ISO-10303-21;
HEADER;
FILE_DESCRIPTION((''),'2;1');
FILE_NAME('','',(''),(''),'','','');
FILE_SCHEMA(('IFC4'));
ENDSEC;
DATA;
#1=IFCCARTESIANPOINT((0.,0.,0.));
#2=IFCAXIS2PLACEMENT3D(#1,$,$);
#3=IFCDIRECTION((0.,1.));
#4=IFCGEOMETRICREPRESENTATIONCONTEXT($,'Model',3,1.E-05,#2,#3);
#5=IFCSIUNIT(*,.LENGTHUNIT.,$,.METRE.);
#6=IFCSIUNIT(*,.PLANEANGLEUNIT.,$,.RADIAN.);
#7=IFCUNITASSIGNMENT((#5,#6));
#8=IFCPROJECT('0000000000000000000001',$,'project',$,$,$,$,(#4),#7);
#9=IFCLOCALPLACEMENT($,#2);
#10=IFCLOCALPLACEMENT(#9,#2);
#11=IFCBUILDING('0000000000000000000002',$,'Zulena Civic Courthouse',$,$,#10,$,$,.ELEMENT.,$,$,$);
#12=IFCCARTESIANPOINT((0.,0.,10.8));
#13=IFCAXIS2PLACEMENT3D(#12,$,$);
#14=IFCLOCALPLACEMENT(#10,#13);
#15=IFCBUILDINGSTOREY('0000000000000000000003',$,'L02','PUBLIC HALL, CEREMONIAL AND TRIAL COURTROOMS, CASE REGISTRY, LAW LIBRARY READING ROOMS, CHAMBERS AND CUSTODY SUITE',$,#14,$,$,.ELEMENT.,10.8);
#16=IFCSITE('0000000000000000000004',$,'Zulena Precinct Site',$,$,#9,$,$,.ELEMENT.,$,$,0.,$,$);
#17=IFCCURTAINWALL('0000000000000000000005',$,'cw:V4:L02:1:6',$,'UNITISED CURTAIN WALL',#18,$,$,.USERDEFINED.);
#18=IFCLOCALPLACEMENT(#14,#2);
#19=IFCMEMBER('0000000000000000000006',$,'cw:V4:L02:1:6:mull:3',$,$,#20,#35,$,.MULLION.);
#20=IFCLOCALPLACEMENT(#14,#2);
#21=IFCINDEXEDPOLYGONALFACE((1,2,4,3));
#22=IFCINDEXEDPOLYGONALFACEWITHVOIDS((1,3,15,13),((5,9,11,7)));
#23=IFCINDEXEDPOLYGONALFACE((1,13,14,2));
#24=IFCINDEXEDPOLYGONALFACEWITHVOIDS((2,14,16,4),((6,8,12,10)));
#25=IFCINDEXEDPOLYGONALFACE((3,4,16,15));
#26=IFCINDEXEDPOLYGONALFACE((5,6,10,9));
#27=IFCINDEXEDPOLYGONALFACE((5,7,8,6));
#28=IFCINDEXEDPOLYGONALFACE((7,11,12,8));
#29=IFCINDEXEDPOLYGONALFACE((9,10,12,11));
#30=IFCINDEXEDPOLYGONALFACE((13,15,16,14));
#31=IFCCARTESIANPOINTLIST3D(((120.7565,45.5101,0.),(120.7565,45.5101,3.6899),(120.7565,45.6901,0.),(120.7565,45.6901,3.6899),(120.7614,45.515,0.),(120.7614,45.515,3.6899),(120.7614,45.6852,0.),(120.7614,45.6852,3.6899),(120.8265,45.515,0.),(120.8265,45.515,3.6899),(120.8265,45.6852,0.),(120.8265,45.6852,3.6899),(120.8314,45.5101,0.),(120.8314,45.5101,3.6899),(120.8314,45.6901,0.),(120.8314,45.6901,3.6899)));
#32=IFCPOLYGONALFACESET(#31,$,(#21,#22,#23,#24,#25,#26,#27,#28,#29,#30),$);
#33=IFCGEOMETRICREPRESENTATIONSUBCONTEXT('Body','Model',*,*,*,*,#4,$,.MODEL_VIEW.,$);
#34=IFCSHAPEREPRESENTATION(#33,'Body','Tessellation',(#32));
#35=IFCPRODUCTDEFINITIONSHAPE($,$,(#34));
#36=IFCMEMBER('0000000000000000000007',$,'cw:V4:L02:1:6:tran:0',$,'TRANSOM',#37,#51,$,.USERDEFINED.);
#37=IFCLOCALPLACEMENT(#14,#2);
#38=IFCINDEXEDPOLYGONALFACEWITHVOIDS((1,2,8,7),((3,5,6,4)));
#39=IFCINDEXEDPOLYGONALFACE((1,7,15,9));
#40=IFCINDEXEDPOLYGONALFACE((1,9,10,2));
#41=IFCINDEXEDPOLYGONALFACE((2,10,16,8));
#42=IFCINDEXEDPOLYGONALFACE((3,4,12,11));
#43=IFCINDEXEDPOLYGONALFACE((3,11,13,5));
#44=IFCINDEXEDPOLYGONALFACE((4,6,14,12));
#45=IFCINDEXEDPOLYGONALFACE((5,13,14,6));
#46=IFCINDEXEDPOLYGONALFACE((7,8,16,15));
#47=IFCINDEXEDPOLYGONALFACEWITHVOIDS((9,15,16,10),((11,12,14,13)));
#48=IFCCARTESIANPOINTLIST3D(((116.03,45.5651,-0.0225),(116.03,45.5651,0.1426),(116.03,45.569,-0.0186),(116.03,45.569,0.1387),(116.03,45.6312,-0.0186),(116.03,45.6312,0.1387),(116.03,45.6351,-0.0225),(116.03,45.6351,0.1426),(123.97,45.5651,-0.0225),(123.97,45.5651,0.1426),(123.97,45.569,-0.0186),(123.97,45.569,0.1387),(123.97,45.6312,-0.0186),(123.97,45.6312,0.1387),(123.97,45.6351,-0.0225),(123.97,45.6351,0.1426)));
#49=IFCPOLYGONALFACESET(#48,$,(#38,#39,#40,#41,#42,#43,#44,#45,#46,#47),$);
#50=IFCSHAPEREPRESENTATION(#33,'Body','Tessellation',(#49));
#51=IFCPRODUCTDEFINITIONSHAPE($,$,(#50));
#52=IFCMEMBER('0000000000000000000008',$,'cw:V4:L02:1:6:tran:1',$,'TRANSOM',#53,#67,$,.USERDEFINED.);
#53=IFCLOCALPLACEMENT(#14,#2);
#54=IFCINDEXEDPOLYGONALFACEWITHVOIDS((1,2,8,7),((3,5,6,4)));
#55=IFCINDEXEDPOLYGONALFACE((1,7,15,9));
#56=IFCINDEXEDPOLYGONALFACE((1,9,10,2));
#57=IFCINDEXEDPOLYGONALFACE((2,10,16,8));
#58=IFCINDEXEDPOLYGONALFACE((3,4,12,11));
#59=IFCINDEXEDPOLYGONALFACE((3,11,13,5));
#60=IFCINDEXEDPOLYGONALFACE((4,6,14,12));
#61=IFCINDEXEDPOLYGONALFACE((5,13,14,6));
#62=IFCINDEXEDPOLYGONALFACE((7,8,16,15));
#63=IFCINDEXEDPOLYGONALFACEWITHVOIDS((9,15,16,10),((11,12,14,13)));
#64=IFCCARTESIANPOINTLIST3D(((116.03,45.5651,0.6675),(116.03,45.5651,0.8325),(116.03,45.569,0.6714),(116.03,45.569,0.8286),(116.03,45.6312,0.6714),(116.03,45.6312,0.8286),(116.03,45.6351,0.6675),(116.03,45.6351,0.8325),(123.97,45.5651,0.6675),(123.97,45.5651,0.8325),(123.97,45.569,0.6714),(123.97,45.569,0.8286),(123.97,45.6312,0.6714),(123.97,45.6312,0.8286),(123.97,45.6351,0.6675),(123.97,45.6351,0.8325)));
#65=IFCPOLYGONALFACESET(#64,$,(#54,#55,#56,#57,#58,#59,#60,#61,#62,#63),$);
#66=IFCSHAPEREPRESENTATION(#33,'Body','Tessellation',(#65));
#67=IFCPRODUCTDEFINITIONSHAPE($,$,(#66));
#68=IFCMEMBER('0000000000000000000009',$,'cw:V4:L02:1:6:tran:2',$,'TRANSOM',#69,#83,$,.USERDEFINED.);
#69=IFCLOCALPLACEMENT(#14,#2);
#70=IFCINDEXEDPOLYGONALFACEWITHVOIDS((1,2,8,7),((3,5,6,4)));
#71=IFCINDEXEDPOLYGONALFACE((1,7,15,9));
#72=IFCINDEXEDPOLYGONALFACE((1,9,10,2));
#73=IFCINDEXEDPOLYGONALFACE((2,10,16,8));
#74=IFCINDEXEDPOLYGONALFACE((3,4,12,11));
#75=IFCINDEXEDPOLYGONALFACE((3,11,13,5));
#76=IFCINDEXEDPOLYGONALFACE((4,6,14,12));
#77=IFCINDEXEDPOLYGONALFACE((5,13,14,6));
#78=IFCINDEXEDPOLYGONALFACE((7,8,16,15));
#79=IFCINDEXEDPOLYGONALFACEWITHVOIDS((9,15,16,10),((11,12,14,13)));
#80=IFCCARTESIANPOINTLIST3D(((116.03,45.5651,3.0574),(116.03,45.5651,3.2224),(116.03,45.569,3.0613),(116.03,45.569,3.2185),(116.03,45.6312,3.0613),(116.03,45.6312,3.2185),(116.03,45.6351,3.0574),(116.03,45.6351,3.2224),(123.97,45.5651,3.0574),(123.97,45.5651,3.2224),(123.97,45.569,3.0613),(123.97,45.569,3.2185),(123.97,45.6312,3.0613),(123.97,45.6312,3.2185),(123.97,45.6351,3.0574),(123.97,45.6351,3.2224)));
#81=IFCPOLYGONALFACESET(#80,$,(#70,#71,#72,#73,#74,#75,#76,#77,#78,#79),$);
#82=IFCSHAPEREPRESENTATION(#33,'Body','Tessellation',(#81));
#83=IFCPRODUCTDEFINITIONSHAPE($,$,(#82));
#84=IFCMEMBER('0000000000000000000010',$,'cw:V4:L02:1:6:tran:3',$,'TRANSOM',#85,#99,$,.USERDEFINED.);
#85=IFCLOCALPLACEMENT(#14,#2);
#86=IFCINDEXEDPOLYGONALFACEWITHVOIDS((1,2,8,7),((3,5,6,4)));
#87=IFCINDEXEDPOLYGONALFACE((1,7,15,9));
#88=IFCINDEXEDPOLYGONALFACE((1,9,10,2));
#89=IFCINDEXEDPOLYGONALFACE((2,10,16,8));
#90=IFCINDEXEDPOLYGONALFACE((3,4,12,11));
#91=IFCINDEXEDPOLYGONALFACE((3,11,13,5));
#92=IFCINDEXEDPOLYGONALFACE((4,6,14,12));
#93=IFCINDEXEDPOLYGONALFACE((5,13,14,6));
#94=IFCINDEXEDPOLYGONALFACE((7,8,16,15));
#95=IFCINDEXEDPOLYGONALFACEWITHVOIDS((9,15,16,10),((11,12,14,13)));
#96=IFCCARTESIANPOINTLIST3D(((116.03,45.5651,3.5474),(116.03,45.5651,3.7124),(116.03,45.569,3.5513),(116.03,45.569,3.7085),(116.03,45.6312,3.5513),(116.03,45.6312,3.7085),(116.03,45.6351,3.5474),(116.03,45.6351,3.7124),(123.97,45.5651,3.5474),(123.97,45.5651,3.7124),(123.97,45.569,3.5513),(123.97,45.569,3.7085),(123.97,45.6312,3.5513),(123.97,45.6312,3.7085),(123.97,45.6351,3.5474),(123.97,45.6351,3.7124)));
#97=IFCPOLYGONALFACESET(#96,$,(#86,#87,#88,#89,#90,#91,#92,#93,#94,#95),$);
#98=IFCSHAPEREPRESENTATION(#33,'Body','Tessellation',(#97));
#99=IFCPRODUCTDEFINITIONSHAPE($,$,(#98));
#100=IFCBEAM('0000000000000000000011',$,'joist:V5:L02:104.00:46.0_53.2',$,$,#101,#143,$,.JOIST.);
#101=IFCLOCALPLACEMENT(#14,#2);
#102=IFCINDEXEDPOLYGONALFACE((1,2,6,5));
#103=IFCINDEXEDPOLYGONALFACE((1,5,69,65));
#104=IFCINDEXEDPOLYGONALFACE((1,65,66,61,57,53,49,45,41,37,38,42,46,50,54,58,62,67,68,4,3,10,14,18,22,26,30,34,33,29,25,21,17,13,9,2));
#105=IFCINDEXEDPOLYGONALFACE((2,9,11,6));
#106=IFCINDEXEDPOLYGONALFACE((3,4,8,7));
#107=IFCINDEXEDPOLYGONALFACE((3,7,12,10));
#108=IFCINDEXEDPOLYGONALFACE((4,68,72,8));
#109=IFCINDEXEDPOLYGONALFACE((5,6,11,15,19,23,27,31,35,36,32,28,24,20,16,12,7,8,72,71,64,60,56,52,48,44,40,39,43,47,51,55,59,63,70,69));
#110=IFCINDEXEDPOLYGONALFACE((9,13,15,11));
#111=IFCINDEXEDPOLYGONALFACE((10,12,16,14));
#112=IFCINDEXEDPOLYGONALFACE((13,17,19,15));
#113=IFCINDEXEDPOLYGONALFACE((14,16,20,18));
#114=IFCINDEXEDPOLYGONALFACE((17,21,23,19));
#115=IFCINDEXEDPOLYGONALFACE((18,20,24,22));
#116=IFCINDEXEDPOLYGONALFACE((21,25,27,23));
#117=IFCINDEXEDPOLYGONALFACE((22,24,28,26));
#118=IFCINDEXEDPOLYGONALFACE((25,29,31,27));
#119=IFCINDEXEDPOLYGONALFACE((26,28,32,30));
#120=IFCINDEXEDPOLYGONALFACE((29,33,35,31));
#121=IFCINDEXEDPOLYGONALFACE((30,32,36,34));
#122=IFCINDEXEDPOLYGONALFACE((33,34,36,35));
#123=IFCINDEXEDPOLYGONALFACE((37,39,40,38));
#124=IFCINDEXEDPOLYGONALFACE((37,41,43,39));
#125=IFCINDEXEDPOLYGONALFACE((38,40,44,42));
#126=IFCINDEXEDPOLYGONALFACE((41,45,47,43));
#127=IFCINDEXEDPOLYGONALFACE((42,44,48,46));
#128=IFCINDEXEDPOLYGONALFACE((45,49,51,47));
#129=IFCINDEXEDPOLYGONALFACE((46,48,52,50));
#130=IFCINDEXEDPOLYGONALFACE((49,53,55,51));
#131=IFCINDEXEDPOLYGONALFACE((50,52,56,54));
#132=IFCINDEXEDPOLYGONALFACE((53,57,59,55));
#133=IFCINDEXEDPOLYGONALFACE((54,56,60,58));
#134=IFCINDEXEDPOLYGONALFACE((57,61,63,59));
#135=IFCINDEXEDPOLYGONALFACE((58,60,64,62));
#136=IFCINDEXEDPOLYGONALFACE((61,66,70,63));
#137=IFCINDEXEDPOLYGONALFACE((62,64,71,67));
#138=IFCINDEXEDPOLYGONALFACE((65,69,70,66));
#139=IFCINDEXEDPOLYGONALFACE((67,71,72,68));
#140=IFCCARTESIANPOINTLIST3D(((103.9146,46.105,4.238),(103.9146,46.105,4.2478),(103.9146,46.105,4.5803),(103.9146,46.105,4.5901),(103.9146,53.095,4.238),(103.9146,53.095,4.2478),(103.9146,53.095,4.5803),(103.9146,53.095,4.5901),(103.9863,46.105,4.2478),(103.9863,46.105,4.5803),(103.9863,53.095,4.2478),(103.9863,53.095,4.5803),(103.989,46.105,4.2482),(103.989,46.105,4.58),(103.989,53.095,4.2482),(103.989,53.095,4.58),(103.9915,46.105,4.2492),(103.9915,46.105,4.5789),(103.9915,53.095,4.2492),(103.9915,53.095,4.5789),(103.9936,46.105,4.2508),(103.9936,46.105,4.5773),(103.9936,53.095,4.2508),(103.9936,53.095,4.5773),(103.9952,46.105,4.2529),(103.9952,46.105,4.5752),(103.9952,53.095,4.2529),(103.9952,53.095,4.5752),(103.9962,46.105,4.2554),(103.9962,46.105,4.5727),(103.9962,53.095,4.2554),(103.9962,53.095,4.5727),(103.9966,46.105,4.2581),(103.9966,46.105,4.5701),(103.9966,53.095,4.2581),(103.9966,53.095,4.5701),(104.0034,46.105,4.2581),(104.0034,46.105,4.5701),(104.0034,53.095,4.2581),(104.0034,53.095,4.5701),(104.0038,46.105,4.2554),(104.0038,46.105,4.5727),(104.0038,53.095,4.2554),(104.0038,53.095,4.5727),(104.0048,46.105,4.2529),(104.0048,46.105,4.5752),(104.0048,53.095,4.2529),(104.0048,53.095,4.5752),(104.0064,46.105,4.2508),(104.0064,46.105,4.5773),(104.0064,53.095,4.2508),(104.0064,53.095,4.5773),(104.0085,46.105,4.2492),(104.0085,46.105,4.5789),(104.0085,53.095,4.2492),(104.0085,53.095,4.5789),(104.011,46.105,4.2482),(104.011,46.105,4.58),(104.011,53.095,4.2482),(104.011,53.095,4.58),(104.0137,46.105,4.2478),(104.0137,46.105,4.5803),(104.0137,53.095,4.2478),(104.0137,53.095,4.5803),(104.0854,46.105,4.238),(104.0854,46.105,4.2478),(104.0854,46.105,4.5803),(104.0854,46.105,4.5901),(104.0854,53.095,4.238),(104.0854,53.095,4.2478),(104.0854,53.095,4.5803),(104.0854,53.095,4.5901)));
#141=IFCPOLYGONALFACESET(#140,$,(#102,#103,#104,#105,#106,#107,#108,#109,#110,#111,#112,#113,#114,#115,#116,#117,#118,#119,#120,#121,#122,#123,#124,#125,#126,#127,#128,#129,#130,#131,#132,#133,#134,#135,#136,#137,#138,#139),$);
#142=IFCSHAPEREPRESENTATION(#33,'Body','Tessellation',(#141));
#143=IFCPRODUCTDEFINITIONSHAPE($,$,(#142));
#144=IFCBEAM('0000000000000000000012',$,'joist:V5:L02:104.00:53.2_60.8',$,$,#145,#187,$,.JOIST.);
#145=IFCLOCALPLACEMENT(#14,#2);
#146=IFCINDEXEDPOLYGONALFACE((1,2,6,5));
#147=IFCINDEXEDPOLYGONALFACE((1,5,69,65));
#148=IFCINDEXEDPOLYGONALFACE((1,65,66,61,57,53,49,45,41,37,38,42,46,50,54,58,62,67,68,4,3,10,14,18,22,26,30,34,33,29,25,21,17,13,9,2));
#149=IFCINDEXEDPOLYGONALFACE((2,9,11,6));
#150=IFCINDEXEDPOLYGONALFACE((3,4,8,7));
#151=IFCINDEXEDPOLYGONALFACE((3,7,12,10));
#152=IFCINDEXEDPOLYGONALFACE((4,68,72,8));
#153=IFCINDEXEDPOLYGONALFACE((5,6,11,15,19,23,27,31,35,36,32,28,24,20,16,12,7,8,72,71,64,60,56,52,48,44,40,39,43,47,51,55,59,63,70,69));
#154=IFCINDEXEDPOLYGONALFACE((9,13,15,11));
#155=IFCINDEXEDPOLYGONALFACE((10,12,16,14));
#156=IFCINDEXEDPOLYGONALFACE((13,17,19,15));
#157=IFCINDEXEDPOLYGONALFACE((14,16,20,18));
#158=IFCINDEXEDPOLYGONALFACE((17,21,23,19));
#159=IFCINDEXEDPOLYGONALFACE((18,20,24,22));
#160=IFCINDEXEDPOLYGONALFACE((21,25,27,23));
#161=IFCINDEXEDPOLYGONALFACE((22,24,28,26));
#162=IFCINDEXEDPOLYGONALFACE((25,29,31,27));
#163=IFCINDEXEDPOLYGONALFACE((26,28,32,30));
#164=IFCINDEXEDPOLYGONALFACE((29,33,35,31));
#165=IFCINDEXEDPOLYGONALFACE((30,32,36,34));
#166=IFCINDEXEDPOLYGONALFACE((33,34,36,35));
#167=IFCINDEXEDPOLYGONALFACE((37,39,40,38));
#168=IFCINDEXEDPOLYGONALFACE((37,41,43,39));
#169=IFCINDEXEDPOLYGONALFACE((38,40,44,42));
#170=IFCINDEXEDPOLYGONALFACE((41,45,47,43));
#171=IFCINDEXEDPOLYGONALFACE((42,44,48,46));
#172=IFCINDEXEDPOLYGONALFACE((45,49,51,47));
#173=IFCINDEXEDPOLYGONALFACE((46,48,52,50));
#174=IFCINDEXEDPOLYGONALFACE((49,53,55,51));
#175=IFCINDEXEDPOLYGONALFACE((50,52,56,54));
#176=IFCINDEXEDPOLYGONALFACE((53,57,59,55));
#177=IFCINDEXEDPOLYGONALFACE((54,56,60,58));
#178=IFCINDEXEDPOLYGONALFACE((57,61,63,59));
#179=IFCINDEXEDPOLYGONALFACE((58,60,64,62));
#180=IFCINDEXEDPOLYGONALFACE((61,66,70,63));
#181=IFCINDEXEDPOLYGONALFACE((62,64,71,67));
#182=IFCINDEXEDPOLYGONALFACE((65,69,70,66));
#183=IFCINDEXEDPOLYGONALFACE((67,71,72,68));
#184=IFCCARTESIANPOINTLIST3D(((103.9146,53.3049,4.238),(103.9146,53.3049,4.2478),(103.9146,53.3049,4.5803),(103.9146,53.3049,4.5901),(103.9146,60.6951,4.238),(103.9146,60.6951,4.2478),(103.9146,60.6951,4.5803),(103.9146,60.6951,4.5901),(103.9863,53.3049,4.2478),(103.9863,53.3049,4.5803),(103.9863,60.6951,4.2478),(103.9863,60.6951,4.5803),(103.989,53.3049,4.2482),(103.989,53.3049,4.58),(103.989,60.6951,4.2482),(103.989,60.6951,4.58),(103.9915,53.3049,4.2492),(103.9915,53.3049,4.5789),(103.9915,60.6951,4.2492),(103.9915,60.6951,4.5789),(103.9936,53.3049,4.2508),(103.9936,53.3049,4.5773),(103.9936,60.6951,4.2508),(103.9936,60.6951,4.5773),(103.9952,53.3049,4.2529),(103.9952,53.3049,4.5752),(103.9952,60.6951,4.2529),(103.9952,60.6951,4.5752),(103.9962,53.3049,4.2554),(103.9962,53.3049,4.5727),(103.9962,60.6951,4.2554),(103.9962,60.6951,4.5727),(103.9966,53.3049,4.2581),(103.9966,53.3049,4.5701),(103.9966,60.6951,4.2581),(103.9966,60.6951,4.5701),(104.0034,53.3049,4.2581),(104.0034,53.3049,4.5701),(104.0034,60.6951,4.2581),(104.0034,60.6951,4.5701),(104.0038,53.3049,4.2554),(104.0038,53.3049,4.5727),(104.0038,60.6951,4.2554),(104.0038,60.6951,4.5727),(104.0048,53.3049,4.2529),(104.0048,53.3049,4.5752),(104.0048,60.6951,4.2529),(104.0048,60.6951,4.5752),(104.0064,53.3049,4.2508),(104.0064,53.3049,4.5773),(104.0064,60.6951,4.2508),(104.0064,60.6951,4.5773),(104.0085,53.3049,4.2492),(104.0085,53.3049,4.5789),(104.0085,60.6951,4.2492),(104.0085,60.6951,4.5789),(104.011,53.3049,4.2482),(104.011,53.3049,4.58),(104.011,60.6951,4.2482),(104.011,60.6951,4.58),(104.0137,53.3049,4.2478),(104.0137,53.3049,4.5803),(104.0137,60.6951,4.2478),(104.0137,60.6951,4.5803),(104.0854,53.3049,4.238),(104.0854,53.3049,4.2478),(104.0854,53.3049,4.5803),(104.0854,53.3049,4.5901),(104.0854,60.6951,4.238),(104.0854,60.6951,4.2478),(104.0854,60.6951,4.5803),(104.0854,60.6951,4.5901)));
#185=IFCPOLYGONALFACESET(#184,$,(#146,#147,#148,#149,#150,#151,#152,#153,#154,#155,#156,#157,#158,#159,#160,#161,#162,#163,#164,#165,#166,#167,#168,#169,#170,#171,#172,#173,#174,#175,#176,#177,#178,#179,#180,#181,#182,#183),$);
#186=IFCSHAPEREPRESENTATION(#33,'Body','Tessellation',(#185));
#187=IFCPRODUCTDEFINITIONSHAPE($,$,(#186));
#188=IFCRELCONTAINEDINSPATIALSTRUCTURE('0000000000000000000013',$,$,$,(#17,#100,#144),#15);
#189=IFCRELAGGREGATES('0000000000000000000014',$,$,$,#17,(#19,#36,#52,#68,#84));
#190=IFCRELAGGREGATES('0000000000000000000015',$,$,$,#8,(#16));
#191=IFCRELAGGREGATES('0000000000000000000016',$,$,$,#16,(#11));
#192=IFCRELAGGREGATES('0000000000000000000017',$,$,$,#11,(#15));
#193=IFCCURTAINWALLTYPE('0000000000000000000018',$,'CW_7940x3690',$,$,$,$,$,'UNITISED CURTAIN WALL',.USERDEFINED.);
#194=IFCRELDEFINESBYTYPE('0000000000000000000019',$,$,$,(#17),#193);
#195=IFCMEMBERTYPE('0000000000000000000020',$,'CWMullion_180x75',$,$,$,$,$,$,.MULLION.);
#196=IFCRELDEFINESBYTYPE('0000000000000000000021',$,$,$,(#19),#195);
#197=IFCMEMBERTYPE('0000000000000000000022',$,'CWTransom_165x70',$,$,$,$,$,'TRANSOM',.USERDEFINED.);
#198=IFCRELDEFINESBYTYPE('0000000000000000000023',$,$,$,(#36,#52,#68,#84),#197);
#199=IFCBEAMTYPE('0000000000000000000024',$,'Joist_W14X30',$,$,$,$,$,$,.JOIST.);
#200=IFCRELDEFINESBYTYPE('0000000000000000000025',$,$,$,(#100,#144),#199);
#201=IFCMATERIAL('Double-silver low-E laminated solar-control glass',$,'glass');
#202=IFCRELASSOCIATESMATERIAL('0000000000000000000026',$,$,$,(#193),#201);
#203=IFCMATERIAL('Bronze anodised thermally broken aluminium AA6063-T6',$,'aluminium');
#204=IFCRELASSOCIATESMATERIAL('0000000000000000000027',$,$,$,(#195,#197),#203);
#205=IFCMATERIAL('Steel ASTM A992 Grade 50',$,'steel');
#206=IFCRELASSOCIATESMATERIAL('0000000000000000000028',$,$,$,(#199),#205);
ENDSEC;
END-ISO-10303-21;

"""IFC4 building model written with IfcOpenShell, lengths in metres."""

from ifc_helpers import new_model, si_unit, direction, frame, origin, origin_2d, place, context, subcontext, project, spatial, hollow_rectangle, i_section, extrude, material, material_profile, profile_set, type_object, element, aggregate, save


model = new_model("IFC4")

# Units and contexts
model_context = context("Model", 3, precision=1e-05, world=origin(), true_north=direction((0.0, 1.0)))
body_context = subcontext(model_context, "Body", "Model", "MODEL_VIEW")
ifc_project = project(units=[si_unit("LENGTHUNIT", "METRE"), si_unit("PLANEANGLEUNIT", "RADIAN")], contexts=[model_context])

# Site, building, storey
site_placement = place(None, origin())
site = spatial("IfcSite", under=ifc_project, at=site_placement, Name="Zulena Precinct Site", CompositionType="ELEMENT", RefElevation=0.0)
building_placement = place(site_placement, origin())
building = spatial("IfcBuilding", under=site, at=building_placement, Name="Zulena Civic Courthouse", CompositionType="ELEMENT")
storey_placement = place(building_placement, frame((0.0, 0.0, 10.8)))
storey = spatial("IfcBuildingStorey", under=building, at=storey_placement, Name="L02", Description="PUBLIC HALL, CEREMONIAL AND TRIAL COURTROOMS, CASE REGISTRY, LAW LIBRARY READING ROOMS, CHAMBERS AND CUSTODY SUITE", CompositionType="ELEMENT", Elevation=10.8)

# Shared definitions
ifc_material_1 = material(Name="Steel ASTM A992 Grade 50", Category="steel")

# Curtain wall, members
ifc_material_2 = material(Name="Double-silver low-E laminated solar-control glass", Category="glass")
curtain_wall_type = type_object("IfcCurtainWallType", Name="CW_7940x3690", ElementType="UNITISED CURTAIN WALL", PredefinedType="USERDEFINED", material=ifc_material_2)
curtain_wall_placement = place(storey_placement, origin())
curtain_wall = element("IfcCurtainWall", 1, at=curtain_wall_placement, inside=storey, type_object=curtain_wall_type, Name="cw:V4:L02:1:6", ObjectType="UNITISED CURTAIN WALL", PredefinedType="USERDEFINED")
ifc_material_3 = material(Name="Bronze anodised thermally broken aluminium AA6063-T6", Category="aluminium")
ifc_material_profile_1 = material_profile(ifc_material_3, hollow_rectangle(XDim=0.075, YDim=0.1799, WallThickness=0.0049, at=origin_2d()), Name="CWM180X75X5")
ifc_profile_set_1 = profile_set([ifc_material_profile_1], Name="Bronze anodised thermally broken aluminium AA6063-T6")
member_type_1 = type_object("IfcMemberType", Name="CWMullion_180x75", PredefinedType="MULLION", material=ifc_profile_set_1)
member_1_placement = place(storey_placement, frame((120.7939, 45.6001, 0.0), z_axis=(0.0, 0.0, 1.0), x_axis=(1.0, 0.0, 0.0)))
member_1 = element("IfcMember", 2, at=member_1_placement, type_object=member_type_1, Name="cw:V4:L02:1:6:mull:3", PredefinedType="MULLION", context=body_context, shape_type="SweptSolid", body=[
    extrude(hollow_rectangle(XDim=0.075, YDim=0.1799, WallThickness=0.0049, at=origin_2d()), origin(), (0.0, 0.0, 1.0), 3.6899),
])
ifc_material_profile_2 = material_profile(ifc_material_3, hollow_rectangle(XDim=0.0701, YDim=0.165, WallThickness=0.0039, at=origin_2d()), Name="CWT165X70X4")
ifc_profile_set_2 = profile_set([ifc_material_profile_2], Name="Bronze anodised thermally broken aluminium AA6063-T6")
member_type_2 = type_object("IfcMemberType", Name="CWTransom_165x70", ElementType="TRANSOM", PredefinedType="USERDEFINED", material=ifc_profile_set_2)
member_2_placement = place(storey_placement, frame((116.03, 45.6001, 0.0601), z_axis=(1.0, 0.0, 0.0), x_axis=(0.0, 1.0, 0.0)))
member_2 = element("IfcMember", 3, at=member_2_placement, type_object=member_type_2, Name="cw:V4:L02:1:6:tran:0", ObjectType="TRANSOM", PredefinedType="USERDEFINED", context=body_context, shape_type="SweptSolid", body=[
    extrude(hollow_rectangle(XDim=0.0701, YDim=0.165, WallThickness=0.0039, at=origin_2d()), origin(), (0.0, 0.0, 1.0), 7.9399),
])
member_3_placement = place(storey_placement, frame((116.03, 45.6001, 0.75), z_axis=(1.0, 0.0, 0.0), x_axis=(0.0, 1.0, 0.0)))
member_3 = element("IfcMember", 4, at=member_3_placement, type_object=member_type_2, Name="cw:V4:L02:1:6:tran:1", ObjectType="TRANSOM", PredefinedType="USERDEFINED", context=body_context, shape_type="SweptSolid", body=[
    extrude(hollow_rectangle(XDim=0.0701, YDim=0.165, WallThickness=0.0039, at=origin_2d()), origin(), (0.0, 0.0, 1.0), 7.9399),
])
member_4_placement = place(storey_placement, frame((116.03, 45.6001, 3.1399), z_axis=(1.0, 0.0, 0.0), x_axis=(0.0, 1.0, 0.0)))
member_4 = element("IfcMember", 5, at=member_4_placement, type_object=member_type_2, Name="cw:V4:L02:1:6:tran:2", ObjectType="TRANSOM", PredefinedType="USERDEFINED", context=body_context, shape_type="SweptSolid", body=[
    extrude(hollow_rectangle(XDim=0.0701, YDim=0.165, WallThickness=0.0039, at=origin_2d()), origin(), (0.0, 0.0, 1.0), 7.9399),
])
member_5_placement = place(storey_placement, frame((116.03, 45.6001, 3.6299), z_axis=(1.0, 0.0, 0.0), x_axis=(0.0, 1.0, 0.0)))
member_5 = element("IfcMember", 6, at=member_5_placement, type_object=member_type_2, Name="cw:V4:L02:1:6:tran:3", ObjectType="TRANSOM", PredefinedType="USERDEFINED", context=body_context, shape_type="SweptSolid", body=[
    extrude(hollow_rectangle(XDim=0.0701, YDim=0.165, WallThickness=0.0039, at=origin_2d()), origin(), (0.0, 0.0, 1.0), 7.9399),
])

# Beams
ifc_material_profile_3 = material_profile(ifc_material_1, i_section(OverallWidth=0.1709, OverallDepth=0.3521, WebThickness=0.0068, FlangeThickness=0.0098, FilletRadius=0.0103, at=origin_2d()), Name="W14X30")
ifc_profile_set_3 = profile_set([ifc_material_profile_3], Name="Steel ASTM A992 Grade 50")
beam_type_1 = type_object("IfcBeamType", Name="Joist_W14X30", PredefinedType="JOIST", material=ifc_profile_set_3)
beam_1_placement = place(storey_placement, frame((104.0, 46.105, 4.4141), z_axis=(0.0, 1.0, 0.0), x_axis=(-1.0, 0.0, 0.0)))
element("IfcBeam", 7, at=beam_1_placement, inside=storey, type_object=beam_type_1, Name="joist:V5:L02:104.00:46.0_53.2", PredefinedType="JOIST", context=body_context, shape_type="SweptSolid", body=[
    extrude(i_section(OverallWidth=0.1709, OverallDepth=0.3521, WebThickness=0.0068, FlangeThickness=0.0098, FilletRadius=0.0103, at=origin_2d()), origin(), (0.0, 0.0, 1.0), 6.99),
])
beam_2_placement = place(storey_placement, frame((104.0, 53.3049, 4.4141), z_axis=(0.0, 1.0, 0.0), x_axis=(-1.0, 0.0, 0.0)))
element("IfcBeam", 8, at=beam_2_placement, inside=storey, type_object=beam_type_1, Name="joist:V5:L02:104.00:53.2_60.8", PredefinedType="JOIST", context=body_context, shape_type="SweptSolid", body=[
    extrude(i_section(OverallWidth=0.1709, OverallDepth=0.3521, WebThickness=0.0068, FlangeThickness=0.0098, FilletRadius=0.0103, at=origin_2d()), origin(), (0.0, 0.0, 1.0), 7.3901),
])

aggregate(curtain_wall, [member_1, member_2, member_3, member_4, member_5])

save(model, "model.ifc")
